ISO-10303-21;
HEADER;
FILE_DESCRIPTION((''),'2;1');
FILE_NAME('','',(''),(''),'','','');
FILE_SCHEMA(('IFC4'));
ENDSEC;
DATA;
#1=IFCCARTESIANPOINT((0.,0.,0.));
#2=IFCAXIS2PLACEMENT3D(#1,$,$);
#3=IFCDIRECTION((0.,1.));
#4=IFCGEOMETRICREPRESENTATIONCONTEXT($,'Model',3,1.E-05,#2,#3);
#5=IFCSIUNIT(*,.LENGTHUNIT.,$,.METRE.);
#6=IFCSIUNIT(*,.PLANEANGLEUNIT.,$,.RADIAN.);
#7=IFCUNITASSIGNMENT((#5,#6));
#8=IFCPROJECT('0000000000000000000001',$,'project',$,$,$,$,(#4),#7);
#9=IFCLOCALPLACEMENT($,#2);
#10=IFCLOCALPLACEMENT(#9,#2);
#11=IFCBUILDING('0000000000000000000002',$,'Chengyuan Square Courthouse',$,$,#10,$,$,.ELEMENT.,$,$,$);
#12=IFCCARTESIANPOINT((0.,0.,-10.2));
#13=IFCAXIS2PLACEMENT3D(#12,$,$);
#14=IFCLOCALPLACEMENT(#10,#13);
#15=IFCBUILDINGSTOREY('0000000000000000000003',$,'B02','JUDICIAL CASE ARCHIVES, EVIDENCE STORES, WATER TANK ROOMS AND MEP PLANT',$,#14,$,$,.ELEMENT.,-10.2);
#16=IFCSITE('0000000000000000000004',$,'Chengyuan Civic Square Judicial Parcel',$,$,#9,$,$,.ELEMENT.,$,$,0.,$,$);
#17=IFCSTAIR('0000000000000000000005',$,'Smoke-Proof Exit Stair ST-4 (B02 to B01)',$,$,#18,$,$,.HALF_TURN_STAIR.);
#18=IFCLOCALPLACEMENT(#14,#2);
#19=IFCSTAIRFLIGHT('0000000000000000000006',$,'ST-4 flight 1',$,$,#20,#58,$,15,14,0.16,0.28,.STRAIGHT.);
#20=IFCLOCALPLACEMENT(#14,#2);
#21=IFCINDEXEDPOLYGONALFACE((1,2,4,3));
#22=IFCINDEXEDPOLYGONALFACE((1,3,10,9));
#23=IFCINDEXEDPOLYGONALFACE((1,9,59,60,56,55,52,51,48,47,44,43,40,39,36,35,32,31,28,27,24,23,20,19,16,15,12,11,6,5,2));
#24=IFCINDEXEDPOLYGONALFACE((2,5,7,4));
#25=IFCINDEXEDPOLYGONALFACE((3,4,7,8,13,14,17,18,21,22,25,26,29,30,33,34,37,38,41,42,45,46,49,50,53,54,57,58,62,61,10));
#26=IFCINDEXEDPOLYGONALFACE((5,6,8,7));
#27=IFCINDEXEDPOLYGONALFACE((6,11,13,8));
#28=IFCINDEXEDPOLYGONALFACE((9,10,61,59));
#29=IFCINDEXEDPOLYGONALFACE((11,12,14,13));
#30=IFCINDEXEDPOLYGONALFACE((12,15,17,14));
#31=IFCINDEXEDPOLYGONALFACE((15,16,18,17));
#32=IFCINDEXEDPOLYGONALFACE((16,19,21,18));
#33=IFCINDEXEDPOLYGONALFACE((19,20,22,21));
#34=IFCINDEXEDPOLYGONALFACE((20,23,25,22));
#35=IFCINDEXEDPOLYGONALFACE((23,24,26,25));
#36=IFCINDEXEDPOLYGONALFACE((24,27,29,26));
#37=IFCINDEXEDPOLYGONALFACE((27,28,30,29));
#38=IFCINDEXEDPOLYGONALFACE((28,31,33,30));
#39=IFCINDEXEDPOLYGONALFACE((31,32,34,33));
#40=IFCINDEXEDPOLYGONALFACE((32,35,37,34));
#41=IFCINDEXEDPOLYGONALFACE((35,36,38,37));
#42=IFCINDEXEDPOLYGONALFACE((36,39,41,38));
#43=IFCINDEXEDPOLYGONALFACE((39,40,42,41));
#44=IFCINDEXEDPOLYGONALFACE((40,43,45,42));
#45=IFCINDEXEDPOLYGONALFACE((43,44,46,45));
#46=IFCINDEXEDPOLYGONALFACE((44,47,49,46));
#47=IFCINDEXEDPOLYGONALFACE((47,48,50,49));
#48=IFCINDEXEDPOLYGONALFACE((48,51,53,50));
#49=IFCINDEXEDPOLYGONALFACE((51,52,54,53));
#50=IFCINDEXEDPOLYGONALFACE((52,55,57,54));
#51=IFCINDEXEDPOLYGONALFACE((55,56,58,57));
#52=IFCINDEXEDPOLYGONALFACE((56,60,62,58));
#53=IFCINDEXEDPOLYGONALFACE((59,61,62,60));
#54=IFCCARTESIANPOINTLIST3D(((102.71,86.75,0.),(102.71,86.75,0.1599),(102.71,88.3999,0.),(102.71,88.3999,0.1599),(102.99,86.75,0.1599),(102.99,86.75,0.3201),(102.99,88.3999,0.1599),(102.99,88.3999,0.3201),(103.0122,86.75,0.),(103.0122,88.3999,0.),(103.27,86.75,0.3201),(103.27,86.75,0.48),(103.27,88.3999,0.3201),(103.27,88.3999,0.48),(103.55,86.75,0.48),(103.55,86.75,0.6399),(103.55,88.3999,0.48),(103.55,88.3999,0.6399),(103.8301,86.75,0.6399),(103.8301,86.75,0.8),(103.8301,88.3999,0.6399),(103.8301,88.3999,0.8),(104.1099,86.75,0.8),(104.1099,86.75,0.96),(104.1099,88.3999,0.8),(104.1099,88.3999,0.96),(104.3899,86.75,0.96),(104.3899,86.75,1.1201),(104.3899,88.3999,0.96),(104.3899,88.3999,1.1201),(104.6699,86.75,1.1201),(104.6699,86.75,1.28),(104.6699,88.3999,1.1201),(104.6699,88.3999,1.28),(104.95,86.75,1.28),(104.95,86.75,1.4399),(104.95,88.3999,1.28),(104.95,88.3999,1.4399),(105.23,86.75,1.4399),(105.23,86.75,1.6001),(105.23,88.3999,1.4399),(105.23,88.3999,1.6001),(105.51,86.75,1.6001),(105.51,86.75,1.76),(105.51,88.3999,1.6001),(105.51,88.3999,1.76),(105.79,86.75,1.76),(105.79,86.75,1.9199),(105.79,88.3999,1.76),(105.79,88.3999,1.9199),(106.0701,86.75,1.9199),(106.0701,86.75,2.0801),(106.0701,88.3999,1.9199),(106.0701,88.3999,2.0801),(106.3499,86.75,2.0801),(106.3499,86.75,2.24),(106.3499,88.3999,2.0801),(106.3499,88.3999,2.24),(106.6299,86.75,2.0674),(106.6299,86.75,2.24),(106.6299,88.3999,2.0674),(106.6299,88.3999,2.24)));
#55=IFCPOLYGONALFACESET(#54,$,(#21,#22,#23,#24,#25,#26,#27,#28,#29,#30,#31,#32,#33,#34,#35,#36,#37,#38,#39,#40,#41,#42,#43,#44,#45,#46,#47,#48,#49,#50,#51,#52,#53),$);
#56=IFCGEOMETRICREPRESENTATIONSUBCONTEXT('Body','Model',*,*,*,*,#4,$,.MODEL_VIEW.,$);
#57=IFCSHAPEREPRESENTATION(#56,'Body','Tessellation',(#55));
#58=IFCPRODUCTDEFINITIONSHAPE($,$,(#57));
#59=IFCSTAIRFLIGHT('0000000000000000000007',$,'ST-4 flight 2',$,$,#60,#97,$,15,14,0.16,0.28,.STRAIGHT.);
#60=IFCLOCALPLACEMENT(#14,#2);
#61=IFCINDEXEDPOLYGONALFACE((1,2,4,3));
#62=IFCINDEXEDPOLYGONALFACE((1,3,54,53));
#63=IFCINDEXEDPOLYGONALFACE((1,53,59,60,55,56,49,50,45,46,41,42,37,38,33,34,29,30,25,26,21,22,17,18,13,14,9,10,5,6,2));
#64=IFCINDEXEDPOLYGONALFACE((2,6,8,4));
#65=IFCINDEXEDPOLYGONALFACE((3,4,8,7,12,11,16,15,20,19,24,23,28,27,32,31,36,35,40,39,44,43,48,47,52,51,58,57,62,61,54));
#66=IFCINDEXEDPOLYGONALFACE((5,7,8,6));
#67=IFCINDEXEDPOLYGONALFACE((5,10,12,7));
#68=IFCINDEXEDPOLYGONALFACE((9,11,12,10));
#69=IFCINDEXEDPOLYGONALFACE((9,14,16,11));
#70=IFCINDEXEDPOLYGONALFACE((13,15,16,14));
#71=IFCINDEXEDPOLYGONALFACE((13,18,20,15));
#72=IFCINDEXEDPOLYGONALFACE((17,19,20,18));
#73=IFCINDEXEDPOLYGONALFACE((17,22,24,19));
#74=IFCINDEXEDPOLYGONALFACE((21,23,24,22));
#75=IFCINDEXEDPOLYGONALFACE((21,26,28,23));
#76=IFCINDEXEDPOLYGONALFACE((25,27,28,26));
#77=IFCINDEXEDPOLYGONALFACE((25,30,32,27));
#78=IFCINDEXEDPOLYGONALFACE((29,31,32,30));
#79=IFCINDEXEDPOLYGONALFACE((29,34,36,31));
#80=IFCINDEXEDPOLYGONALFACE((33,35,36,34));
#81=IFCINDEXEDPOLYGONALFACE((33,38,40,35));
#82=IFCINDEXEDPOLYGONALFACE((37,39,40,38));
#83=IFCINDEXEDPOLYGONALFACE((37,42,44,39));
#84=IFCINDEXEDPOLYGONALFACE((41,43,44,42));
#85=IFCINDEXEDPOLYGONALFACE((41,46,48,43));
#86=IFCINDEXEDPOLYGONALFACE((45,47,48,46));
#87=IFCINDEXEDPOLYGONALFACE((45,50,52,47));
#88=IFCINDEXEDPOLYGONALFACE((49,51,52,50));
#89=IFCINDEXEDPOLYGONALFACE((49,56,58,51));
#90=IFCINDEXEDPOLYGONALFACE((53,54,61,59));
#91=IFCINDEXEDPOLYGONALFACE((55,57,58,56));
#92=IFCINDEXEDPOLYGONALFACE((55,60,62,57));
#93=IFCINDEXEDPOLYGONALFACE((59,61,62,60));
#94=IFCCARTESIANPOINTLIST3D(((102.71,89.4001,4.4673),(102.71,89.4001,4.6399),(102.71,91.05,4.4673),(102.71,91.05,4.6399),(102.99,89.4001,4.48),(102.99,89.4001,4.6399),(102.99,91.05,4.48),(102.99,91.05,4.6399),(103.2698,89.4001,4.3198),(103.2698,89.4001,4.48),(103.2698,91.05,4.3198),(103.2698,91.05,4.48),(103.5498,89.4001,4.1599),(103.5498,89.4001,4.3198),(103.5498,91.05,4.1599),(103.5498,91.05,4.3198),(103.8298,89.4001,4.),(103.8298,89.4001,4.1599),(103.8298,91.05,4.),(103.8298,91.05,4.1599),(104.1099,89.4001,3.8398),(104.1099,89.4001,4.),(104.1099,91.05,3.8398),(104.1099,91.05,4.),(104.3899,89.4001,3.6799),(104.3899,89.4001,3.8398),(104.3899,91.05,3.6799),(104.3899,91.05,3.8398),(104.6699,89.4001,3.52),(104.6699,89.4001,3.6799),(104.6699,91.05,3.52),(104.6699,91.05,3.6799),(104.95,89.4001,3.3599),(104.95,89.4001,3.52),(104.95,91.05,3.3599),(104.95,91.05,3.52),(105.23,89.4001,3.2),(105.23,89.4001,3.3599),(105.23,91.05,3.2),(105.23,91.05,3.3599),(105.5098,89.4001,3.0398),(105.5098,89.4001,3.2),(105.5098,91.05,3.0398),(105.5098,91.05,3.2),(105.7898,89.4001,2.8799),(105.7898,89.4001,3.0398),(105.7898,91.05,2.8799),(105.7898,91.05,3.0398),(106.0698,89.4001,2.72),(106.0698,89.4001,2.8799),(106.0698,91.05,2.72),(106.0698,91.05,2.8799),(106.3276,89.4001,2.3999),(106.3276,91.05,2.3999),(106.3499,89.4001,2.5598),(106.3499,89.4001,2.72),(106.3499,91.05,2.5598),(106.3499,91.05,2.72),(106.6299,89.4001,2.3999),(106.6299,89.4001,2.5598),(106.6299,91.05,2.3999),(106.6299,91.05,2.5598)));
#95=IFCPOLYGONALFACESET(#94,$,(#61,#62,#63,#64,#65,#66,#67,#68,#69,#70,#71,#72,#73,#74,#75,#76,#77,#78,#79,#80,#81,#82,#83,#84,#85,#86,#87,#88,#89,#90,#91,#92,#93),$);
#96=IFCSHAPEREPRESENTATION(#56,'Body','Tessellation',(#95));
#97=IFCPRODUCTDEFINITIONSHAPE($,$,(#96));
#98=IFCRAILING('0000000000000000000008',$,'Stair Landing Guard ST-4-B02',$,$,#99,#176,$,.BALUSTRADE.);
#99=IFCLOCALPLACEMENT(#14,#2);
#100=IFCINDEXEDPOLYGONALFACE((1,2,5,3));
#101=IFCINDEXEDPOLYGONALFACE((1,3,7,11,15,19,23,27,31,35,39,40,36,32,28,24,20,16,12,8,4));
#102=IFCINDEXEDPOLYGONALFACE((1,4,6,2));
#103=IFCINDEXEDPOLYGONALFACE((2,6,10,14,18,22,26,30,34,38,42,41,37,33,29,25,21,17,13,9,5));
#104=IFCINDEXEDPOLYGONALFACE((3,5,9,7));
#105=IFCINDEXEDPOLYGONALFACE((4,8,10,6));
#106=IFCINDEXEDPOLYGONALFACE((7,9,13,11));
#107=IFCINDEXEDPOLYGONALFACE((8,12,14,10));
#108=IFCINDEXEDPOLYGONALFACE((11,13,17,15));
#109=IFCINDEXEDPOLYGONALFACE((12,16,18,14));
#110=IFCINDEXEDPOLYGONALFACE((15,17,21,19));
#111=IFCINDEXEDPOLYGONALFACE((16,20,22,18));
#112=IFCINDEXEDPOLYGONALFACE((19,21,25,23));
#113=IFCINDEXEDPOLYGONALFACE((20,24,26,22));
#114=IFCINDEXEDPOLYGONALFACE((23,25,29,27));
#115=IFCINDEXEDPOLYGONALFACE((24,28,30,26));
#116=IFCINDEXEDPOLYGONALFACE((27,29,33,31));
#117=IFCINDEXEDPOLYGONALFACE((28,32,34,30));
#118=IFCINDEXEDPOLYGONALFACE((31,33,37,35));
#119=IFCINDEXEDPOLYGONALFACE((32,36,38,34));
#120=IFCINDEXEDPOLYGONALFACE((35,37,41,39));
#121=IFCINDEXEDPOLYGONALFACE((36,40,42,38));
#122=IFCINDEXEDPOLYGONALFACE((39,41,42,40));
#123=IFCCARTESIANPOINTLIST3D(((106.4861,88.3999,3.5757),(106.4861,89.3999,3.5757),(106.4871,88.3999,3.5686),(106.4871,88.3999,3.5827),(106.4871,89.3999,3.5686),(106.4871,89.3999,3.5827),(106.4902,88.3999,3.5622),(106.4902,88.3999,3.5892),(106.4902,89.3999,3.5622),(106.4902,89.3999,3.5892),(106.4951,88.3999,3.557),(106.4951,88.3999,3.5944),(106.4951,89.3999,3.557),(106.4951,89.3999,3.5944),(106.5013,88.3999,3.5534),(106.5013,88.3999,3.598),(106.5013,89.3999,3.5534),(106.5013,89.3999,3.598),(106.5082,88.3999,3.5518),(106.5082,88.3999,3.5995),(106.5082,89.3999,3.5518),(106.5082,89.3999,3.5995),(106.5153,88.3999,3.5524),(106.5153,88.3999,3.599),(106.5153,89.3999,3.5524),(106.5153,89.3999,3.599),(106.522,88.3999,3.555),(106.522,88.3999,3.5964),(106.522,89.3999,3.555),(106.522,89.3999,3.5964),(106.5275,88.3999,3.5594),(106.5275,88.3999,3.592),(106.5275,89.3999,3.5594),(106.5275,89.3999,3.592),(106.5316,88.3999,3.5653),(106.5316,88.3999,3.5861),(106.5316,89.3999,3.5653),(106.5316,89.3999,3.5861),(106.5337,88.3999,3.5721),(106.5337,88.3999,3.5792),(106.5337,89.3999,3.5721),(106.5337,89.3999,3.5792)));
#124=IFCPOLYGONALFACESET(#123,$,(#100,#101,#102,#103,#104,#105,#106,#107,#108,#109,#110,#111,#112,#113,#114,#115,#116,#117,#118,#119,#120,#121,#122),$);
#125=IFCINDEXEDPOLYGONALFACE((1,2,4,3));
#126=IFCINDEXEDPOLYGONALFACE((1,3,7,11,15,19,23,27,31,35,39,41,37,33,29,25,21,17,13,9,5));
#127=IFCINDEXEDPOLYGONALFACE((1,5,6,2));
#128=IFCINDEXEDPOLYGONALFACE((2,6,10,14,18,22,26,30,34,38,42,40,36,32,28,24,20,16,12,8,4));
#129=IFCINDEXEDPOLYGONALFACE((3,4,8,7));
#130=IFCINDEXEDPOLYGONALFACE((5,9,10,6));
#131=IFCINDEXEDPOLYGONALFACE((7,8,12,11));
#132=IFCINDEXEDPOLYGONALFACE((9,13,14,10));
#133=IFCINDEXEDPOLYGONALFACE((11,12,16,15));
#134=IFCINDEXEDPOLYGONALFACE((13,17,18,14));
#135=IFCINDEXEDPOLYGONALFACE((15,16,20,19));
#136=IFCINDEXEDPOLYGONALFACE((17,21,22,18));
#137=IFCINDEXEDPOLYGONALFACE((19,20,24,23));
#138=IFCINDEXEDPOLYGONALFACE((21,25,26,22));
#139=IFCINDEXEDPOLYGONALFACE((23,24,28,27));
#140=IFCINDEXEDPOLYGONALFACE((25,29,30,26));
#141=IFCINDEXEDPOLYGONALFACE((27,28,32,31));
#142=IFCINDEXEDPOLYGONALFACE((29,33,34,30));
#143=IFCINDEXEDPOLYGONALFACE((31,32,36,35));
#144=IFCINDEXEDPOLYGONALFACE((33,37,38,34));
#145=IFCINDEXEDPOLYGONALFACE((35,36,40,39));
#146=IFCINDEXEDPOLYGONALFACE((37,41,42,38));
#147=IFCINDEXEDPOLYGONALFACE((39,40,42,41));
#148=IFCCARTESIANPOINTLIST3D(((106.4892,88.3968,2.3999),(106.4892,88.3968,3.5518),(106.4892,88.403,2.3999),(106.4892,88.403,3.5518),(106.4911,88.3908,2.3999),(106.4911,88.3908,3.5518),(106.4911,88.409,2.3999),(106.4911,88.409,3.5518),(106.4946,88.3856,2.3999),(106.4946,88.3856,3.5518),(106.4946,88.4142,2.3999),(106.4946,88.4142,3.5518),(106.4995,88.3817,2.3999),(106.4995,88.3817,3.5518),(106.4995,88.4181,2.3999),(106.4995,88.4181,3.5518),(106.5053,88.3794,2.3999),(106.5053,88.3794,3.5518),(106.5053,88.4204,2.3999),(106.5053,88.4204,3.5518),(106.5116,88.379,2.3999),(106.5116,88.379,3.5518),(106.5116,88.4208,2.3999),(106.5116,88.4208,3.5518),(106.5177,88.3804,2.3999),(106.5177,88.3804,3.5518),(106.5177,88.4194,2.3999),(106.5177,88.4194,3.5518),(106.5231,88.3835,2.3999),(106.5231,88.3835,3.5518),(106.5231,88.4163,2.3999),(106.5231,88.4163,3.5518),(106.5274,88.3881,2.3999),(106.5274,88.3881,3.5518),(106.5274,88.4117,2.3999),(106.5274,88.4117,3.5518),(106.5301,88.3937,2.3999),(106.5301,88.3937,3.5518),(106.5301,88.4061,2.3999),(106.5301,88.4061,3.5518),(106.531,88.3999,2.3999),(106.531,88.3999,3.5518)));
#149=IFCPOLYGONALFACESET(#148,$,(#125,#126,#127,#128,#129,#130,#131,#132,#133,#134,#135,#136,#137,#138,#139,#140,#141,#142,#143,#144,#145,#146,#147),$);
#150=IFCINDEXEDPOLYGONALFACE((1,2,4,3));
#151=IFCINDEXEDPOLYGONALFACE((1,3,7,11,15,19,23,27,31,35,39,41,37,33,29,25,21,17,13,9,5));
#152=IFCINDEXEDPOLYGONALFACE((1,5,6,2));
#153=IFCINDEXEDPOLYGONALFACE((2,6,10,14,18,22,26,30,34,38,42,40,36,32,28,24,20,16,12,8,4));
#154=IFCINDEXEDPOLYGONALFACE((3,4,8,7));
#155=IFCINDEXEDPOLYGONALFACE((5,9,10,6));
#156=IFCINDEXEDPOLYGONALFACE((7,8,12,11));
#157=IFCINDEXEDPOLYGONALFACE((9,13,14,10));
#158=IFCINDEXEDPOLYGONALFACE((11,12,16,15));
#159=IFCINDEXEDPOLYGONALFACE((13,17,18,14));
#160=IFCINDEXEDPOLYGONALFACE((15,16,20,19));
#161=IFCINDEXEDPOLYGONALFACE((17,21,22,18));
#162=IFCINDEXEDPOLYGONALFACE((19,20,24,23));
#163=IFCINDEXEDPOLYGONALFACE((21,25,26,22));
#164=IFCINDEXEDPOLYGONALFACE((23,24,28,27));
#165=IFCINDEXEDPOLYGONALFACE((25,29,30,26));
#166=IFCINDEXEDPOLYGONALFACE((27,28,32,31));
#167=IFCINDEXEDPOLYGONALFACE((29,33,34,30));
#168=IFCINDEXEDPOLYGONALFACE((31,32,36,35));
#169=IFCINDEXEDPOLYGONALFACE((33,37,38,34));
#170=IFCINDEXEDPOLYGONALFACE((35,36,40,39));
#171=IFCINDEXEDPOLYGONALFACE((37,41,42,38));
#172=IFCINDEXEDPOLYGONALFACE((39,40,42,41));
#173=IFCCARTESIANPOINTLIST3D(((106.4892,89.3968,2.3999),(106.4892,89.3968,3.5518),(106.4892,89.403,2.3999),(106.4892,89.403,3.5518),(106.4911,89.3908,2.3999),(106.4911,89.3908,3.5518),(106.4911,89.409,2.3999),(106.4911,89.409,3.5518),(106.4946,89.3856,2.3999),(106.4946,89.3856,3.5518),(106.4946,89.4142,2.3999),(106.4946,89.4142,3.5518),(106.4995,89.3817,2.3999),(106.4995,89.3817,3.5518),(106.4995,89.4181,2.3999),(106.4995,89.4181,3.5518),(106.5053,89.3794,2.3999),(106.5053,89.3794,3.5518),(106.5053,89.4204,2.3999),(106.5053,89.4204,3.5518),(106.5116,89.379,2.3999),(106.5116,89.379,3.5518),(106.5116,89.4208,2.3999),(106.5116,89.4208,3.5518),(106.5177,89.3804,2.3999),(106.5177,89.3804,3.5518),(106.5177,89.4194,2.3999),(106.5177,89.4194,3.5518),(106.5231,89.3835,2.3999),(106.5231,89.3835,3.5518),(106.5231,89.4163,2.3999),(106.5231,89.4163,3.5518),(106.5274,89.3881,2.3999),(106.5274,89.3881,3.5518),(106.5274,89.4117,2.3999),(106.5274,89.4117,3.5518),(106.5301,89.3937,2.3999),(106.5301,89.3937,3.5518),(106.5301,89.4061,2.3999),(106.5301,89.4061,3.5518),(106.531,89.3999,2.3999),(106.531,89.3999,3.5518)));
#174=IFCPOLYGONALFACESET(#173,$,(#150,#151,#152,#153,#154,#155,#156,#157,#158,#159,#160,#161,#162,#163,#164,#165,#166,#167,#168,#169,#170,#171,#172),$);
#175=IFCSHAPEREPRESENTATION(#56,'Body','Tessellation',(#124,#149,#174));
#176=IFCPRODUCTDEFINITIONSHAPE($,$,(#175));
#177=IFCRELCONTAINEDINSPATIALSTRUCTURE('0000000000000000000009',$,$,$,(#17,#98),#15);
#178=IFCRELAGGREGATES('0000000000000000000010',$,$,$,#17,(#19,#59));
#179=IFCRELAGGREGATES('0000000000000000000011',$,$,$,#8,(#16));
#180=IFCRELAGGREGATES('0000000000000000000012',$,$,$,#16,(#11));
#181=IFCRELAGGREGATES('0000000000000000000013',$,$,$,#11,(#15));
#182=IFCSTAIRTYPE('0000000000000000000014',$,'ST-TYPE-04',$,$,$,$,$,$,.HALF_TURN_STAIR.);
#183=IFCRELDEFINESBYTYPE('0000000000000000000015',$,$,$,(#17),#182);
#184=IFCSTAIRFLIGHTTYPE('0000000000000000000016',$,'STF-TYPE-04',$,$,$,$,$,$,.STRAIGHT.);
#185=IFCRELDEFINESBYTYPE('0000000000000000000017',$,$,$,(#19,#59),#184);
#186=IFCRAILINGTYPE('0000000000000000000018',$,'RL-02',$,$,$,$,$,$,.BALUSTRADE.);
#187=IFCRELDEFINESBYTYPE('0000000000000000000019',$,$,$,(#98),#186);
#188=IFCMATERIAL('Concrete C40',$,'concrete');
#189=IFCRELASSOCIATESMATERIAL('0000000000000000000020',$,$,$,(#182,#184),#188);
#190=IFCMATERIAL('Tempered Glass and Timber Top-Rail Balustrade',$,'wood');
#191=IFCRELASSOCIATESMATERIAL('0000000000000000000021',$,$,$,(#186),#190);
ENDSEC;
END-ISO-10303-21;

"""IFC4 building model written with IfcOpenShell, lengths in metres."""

from ifc_helpers import new_model, si_unit, direction, frame, origin, origin_2d, place, context, subcontext, project, spatial, polyline, circle, outline, extrude, material, type_object, element, aggregate, save


model = new_model("IFC4")

# Units and contexts
model_context = context("Model", 3, precision=1e-05, world=origin(), true_north=direction((0.0, 1.0)))
body_context = subcontext(model_context, "Body", "Model", "MODEL_VIEW")
ifc_project = project(units=[si_unit("LENGTHUNIT", "METRE"), si_unit("PLANEANGLEUNIT", "RADIAN")], contexts=[model_context])

# Site, building, storey
site_placement = place(None, origin())
site = spatial("IfcSite", under=ifc_project, at=site_placement, Name="Chengyuan Civic Square Judicial Parcel", CompositionType="ELEMENT", RefElevation=0.0)
building_placement = place(site_placement, origin())
building = spatial("IfcBuilding", under=site, at=building_placement, Name="Chengyuan Square Courthouse", CompositionType="ELEMENT")
storey_placement = place(building_placement, frame((0.0, 0.0, -10.2)))
storey = spatial("IfcBuildingStorey", under=building, at=storey_placement, Name="B02", Description="JUDICIAL CASE ARCHIVES, EVIDENCE STORES, WATER TANK ROOMS AND MEP PLANT", CompositionType="ELEMENT", Elevation=-10.2)

# Shared definitions
ifc_material_1 = material(Name="Concrete C40", Category="concrete")

# Stair, stair flights
stair_type = type_object("IfcStairType", Name="ST-TYPE-04", PredefinedType="HALF_TURN_STAIR", material=ifc_material_1)
stair_placement = place(storey_placement, origin())
stair = element("IfcStair", 1, at=stair_placement, inside=storey, type_object=stair_type, Name="Smoke-Proof Exit Stair ST-4 (B02 to B01)", PredefinedType="HALF_TURN_STAIR")
stair_flight_type = type_object("IfcStairFlightType", Name="STF-TYPE-04", PredefinedType="STRAIGHT", material=ifc_material_1)
stair_flight_1_placement = place(storey_placement, frame((102.71, 87.575, 0.0), z_axis=(0.0, 0.0, 1.0), x_axis=(1.0, 0.0, 0.0)))
stair_flight_1 = element("IfcStairFlight", 2, at=stair_flight_1_placement, type_object=stair_flight_type, Name="ST-4 flight 1", NumberOfRisers=15, NumberOfTreads=14, PredefinedType="STRAIGHT", RiserHeight=0.16, TreadLength=0.28, context=body_context, shape_type="SweptSolid", body=[
    extrude(outline(polyline([(0.0, 0.0), (0.0, 0.1599), (0.28, 0.1599), (0.28, 0.3201), (0.5601, 0.3201), (0.5601, 0.48), (0.8401, 0.48), (0.8401, 0.6399), (1.1201, 0.6399), (1.1201, 0.8), (1.3999, 0.8), (1.3999, 0.96), (1.6799, 0.96), (1.6799, 1.1201), (1.96, 1.1201), (1.96, 1.28), (2.24, 1.28), (2.24, 1.4399), (2.52, 1.4399), (2.52, 1.6001), (2.8, 1.6001), (2.8, 1.76), (3.0801, 1.76), (3.0801, 1.9199), (3.3601, 1.9199), (3.3601, 2.0801), (3.6399, 2.0801), (3.6399, 2.24), (3.9199, 2.24), (3.9199, 2.3999), (3.9199, 2.0674), (0.3022, 0.0), (0.0, 0.0)])), frame((0.0, 0.825, 0.0), z_axis=(0.0, -1.0, 0.0), x_axis=(1.0, 0.0, 0.0)), (0.0, 0.0, 1.0), 1.6499),
])
stair_flight_2_placement = place(storey_placement, frame((106.6299, 90.2251, 2.3999), z_axis=(0.0, 0.0, 1.0), x_axis=(-1.0, 0.0, 0.0)))
stair_flight_2 = element("IfcStairFlight", 3, at=stair_flight_2_placement, type_object=stair_flight_type, Name="ST-4 flight 2", NumberOfRisers=15, NumberOfTreads=14, PredefinedType="STRAIGHT", RiserHeight=0.16, TreadLength=0.28, context=body_context, shape_type="SweptSolid", body=[
    extrude(outline(polyline([(0.0, 0.0), (0.0, 0.1599), (0.28, 0.1599), (0.28, 0.3201), (0.5601, 0.3201), (0.5601, 0.48), (0.8401, 0.48), (0.8401, 0.6399), (1.1201, 0.6399), (1.1201, 0.8), (1.3999, 0.8), (1.3999, 0.96), (1.6799, 0.96), (1.6799, 1.1201), (1.96, 1.1201), (1.96, 1.28), (2.24, 1.28), (2.24, 1.4399), (2.52, 1.4399), (2.52, 1.6001), (2.8, 1.6001), (2.8, 1.76), (3.0801, 1.76), (3.0801, 1.9199), (3.3601, 1.9199), (3.3601, 2.0801), (3.6399, 2.0801), (3.6399, 2.24), (3.9199, 2.24), (3.9199, 2.3999), (3.9199, 2.0674), (0.3022, 0.0), (0.0, 0.0)])), frame((0.0, 0.825, 0.0), z_axis=(0.0, -1.0, 0.0), x_axis=(1.0, 0.0, 0.0)), (0.0, 0.0, 1.0), 1.6499),
])
aggregate(stair, [stair_flight_1, stair_flight_2])

# Railing
ifc_material_2 = material(Name="Tempered Glass and Timber Top-Rail Balustrade", Category="wood")
railing_type_1 = type_object("IfcRailingType", Name="RL-02", PredefinedType="BALUSTRADE", material=ifc_material_2)
railing_1_placement = place(storey_placement, frame((106.51, 88.3999, 2.3999)))
element("IfcRailing", 4, at=railing_1_placement, inside=storey, type_object=railing_type_1, Name="Stair Landing Guard ST-4-B02", PredefinedType="BALUSTRADE", context=body_context, shape_type="SweptSolid", body=[
    extrude(circle(Radius=0.0239, at=origin_2d()), frame((0.0, 0.0, 1.1758), z_axis=(0.0, 1.0, 0.0), x_axis=(-1.0, 0.0, 0.0)), (0.0, 0.0, 1.0), 1.0),
    extrude(circle(Radius=0.021, at=origin_2d()), origin(), (0.0, 0.0, 1.0), 1.1519),
    extrude(circle(Radius=0.021, at=origin_2d()), frame((0.0, 1.0, 0.0)), (0.0, 0.0, 1.0), 1.1519),
])

save(model, "model.ifc")
